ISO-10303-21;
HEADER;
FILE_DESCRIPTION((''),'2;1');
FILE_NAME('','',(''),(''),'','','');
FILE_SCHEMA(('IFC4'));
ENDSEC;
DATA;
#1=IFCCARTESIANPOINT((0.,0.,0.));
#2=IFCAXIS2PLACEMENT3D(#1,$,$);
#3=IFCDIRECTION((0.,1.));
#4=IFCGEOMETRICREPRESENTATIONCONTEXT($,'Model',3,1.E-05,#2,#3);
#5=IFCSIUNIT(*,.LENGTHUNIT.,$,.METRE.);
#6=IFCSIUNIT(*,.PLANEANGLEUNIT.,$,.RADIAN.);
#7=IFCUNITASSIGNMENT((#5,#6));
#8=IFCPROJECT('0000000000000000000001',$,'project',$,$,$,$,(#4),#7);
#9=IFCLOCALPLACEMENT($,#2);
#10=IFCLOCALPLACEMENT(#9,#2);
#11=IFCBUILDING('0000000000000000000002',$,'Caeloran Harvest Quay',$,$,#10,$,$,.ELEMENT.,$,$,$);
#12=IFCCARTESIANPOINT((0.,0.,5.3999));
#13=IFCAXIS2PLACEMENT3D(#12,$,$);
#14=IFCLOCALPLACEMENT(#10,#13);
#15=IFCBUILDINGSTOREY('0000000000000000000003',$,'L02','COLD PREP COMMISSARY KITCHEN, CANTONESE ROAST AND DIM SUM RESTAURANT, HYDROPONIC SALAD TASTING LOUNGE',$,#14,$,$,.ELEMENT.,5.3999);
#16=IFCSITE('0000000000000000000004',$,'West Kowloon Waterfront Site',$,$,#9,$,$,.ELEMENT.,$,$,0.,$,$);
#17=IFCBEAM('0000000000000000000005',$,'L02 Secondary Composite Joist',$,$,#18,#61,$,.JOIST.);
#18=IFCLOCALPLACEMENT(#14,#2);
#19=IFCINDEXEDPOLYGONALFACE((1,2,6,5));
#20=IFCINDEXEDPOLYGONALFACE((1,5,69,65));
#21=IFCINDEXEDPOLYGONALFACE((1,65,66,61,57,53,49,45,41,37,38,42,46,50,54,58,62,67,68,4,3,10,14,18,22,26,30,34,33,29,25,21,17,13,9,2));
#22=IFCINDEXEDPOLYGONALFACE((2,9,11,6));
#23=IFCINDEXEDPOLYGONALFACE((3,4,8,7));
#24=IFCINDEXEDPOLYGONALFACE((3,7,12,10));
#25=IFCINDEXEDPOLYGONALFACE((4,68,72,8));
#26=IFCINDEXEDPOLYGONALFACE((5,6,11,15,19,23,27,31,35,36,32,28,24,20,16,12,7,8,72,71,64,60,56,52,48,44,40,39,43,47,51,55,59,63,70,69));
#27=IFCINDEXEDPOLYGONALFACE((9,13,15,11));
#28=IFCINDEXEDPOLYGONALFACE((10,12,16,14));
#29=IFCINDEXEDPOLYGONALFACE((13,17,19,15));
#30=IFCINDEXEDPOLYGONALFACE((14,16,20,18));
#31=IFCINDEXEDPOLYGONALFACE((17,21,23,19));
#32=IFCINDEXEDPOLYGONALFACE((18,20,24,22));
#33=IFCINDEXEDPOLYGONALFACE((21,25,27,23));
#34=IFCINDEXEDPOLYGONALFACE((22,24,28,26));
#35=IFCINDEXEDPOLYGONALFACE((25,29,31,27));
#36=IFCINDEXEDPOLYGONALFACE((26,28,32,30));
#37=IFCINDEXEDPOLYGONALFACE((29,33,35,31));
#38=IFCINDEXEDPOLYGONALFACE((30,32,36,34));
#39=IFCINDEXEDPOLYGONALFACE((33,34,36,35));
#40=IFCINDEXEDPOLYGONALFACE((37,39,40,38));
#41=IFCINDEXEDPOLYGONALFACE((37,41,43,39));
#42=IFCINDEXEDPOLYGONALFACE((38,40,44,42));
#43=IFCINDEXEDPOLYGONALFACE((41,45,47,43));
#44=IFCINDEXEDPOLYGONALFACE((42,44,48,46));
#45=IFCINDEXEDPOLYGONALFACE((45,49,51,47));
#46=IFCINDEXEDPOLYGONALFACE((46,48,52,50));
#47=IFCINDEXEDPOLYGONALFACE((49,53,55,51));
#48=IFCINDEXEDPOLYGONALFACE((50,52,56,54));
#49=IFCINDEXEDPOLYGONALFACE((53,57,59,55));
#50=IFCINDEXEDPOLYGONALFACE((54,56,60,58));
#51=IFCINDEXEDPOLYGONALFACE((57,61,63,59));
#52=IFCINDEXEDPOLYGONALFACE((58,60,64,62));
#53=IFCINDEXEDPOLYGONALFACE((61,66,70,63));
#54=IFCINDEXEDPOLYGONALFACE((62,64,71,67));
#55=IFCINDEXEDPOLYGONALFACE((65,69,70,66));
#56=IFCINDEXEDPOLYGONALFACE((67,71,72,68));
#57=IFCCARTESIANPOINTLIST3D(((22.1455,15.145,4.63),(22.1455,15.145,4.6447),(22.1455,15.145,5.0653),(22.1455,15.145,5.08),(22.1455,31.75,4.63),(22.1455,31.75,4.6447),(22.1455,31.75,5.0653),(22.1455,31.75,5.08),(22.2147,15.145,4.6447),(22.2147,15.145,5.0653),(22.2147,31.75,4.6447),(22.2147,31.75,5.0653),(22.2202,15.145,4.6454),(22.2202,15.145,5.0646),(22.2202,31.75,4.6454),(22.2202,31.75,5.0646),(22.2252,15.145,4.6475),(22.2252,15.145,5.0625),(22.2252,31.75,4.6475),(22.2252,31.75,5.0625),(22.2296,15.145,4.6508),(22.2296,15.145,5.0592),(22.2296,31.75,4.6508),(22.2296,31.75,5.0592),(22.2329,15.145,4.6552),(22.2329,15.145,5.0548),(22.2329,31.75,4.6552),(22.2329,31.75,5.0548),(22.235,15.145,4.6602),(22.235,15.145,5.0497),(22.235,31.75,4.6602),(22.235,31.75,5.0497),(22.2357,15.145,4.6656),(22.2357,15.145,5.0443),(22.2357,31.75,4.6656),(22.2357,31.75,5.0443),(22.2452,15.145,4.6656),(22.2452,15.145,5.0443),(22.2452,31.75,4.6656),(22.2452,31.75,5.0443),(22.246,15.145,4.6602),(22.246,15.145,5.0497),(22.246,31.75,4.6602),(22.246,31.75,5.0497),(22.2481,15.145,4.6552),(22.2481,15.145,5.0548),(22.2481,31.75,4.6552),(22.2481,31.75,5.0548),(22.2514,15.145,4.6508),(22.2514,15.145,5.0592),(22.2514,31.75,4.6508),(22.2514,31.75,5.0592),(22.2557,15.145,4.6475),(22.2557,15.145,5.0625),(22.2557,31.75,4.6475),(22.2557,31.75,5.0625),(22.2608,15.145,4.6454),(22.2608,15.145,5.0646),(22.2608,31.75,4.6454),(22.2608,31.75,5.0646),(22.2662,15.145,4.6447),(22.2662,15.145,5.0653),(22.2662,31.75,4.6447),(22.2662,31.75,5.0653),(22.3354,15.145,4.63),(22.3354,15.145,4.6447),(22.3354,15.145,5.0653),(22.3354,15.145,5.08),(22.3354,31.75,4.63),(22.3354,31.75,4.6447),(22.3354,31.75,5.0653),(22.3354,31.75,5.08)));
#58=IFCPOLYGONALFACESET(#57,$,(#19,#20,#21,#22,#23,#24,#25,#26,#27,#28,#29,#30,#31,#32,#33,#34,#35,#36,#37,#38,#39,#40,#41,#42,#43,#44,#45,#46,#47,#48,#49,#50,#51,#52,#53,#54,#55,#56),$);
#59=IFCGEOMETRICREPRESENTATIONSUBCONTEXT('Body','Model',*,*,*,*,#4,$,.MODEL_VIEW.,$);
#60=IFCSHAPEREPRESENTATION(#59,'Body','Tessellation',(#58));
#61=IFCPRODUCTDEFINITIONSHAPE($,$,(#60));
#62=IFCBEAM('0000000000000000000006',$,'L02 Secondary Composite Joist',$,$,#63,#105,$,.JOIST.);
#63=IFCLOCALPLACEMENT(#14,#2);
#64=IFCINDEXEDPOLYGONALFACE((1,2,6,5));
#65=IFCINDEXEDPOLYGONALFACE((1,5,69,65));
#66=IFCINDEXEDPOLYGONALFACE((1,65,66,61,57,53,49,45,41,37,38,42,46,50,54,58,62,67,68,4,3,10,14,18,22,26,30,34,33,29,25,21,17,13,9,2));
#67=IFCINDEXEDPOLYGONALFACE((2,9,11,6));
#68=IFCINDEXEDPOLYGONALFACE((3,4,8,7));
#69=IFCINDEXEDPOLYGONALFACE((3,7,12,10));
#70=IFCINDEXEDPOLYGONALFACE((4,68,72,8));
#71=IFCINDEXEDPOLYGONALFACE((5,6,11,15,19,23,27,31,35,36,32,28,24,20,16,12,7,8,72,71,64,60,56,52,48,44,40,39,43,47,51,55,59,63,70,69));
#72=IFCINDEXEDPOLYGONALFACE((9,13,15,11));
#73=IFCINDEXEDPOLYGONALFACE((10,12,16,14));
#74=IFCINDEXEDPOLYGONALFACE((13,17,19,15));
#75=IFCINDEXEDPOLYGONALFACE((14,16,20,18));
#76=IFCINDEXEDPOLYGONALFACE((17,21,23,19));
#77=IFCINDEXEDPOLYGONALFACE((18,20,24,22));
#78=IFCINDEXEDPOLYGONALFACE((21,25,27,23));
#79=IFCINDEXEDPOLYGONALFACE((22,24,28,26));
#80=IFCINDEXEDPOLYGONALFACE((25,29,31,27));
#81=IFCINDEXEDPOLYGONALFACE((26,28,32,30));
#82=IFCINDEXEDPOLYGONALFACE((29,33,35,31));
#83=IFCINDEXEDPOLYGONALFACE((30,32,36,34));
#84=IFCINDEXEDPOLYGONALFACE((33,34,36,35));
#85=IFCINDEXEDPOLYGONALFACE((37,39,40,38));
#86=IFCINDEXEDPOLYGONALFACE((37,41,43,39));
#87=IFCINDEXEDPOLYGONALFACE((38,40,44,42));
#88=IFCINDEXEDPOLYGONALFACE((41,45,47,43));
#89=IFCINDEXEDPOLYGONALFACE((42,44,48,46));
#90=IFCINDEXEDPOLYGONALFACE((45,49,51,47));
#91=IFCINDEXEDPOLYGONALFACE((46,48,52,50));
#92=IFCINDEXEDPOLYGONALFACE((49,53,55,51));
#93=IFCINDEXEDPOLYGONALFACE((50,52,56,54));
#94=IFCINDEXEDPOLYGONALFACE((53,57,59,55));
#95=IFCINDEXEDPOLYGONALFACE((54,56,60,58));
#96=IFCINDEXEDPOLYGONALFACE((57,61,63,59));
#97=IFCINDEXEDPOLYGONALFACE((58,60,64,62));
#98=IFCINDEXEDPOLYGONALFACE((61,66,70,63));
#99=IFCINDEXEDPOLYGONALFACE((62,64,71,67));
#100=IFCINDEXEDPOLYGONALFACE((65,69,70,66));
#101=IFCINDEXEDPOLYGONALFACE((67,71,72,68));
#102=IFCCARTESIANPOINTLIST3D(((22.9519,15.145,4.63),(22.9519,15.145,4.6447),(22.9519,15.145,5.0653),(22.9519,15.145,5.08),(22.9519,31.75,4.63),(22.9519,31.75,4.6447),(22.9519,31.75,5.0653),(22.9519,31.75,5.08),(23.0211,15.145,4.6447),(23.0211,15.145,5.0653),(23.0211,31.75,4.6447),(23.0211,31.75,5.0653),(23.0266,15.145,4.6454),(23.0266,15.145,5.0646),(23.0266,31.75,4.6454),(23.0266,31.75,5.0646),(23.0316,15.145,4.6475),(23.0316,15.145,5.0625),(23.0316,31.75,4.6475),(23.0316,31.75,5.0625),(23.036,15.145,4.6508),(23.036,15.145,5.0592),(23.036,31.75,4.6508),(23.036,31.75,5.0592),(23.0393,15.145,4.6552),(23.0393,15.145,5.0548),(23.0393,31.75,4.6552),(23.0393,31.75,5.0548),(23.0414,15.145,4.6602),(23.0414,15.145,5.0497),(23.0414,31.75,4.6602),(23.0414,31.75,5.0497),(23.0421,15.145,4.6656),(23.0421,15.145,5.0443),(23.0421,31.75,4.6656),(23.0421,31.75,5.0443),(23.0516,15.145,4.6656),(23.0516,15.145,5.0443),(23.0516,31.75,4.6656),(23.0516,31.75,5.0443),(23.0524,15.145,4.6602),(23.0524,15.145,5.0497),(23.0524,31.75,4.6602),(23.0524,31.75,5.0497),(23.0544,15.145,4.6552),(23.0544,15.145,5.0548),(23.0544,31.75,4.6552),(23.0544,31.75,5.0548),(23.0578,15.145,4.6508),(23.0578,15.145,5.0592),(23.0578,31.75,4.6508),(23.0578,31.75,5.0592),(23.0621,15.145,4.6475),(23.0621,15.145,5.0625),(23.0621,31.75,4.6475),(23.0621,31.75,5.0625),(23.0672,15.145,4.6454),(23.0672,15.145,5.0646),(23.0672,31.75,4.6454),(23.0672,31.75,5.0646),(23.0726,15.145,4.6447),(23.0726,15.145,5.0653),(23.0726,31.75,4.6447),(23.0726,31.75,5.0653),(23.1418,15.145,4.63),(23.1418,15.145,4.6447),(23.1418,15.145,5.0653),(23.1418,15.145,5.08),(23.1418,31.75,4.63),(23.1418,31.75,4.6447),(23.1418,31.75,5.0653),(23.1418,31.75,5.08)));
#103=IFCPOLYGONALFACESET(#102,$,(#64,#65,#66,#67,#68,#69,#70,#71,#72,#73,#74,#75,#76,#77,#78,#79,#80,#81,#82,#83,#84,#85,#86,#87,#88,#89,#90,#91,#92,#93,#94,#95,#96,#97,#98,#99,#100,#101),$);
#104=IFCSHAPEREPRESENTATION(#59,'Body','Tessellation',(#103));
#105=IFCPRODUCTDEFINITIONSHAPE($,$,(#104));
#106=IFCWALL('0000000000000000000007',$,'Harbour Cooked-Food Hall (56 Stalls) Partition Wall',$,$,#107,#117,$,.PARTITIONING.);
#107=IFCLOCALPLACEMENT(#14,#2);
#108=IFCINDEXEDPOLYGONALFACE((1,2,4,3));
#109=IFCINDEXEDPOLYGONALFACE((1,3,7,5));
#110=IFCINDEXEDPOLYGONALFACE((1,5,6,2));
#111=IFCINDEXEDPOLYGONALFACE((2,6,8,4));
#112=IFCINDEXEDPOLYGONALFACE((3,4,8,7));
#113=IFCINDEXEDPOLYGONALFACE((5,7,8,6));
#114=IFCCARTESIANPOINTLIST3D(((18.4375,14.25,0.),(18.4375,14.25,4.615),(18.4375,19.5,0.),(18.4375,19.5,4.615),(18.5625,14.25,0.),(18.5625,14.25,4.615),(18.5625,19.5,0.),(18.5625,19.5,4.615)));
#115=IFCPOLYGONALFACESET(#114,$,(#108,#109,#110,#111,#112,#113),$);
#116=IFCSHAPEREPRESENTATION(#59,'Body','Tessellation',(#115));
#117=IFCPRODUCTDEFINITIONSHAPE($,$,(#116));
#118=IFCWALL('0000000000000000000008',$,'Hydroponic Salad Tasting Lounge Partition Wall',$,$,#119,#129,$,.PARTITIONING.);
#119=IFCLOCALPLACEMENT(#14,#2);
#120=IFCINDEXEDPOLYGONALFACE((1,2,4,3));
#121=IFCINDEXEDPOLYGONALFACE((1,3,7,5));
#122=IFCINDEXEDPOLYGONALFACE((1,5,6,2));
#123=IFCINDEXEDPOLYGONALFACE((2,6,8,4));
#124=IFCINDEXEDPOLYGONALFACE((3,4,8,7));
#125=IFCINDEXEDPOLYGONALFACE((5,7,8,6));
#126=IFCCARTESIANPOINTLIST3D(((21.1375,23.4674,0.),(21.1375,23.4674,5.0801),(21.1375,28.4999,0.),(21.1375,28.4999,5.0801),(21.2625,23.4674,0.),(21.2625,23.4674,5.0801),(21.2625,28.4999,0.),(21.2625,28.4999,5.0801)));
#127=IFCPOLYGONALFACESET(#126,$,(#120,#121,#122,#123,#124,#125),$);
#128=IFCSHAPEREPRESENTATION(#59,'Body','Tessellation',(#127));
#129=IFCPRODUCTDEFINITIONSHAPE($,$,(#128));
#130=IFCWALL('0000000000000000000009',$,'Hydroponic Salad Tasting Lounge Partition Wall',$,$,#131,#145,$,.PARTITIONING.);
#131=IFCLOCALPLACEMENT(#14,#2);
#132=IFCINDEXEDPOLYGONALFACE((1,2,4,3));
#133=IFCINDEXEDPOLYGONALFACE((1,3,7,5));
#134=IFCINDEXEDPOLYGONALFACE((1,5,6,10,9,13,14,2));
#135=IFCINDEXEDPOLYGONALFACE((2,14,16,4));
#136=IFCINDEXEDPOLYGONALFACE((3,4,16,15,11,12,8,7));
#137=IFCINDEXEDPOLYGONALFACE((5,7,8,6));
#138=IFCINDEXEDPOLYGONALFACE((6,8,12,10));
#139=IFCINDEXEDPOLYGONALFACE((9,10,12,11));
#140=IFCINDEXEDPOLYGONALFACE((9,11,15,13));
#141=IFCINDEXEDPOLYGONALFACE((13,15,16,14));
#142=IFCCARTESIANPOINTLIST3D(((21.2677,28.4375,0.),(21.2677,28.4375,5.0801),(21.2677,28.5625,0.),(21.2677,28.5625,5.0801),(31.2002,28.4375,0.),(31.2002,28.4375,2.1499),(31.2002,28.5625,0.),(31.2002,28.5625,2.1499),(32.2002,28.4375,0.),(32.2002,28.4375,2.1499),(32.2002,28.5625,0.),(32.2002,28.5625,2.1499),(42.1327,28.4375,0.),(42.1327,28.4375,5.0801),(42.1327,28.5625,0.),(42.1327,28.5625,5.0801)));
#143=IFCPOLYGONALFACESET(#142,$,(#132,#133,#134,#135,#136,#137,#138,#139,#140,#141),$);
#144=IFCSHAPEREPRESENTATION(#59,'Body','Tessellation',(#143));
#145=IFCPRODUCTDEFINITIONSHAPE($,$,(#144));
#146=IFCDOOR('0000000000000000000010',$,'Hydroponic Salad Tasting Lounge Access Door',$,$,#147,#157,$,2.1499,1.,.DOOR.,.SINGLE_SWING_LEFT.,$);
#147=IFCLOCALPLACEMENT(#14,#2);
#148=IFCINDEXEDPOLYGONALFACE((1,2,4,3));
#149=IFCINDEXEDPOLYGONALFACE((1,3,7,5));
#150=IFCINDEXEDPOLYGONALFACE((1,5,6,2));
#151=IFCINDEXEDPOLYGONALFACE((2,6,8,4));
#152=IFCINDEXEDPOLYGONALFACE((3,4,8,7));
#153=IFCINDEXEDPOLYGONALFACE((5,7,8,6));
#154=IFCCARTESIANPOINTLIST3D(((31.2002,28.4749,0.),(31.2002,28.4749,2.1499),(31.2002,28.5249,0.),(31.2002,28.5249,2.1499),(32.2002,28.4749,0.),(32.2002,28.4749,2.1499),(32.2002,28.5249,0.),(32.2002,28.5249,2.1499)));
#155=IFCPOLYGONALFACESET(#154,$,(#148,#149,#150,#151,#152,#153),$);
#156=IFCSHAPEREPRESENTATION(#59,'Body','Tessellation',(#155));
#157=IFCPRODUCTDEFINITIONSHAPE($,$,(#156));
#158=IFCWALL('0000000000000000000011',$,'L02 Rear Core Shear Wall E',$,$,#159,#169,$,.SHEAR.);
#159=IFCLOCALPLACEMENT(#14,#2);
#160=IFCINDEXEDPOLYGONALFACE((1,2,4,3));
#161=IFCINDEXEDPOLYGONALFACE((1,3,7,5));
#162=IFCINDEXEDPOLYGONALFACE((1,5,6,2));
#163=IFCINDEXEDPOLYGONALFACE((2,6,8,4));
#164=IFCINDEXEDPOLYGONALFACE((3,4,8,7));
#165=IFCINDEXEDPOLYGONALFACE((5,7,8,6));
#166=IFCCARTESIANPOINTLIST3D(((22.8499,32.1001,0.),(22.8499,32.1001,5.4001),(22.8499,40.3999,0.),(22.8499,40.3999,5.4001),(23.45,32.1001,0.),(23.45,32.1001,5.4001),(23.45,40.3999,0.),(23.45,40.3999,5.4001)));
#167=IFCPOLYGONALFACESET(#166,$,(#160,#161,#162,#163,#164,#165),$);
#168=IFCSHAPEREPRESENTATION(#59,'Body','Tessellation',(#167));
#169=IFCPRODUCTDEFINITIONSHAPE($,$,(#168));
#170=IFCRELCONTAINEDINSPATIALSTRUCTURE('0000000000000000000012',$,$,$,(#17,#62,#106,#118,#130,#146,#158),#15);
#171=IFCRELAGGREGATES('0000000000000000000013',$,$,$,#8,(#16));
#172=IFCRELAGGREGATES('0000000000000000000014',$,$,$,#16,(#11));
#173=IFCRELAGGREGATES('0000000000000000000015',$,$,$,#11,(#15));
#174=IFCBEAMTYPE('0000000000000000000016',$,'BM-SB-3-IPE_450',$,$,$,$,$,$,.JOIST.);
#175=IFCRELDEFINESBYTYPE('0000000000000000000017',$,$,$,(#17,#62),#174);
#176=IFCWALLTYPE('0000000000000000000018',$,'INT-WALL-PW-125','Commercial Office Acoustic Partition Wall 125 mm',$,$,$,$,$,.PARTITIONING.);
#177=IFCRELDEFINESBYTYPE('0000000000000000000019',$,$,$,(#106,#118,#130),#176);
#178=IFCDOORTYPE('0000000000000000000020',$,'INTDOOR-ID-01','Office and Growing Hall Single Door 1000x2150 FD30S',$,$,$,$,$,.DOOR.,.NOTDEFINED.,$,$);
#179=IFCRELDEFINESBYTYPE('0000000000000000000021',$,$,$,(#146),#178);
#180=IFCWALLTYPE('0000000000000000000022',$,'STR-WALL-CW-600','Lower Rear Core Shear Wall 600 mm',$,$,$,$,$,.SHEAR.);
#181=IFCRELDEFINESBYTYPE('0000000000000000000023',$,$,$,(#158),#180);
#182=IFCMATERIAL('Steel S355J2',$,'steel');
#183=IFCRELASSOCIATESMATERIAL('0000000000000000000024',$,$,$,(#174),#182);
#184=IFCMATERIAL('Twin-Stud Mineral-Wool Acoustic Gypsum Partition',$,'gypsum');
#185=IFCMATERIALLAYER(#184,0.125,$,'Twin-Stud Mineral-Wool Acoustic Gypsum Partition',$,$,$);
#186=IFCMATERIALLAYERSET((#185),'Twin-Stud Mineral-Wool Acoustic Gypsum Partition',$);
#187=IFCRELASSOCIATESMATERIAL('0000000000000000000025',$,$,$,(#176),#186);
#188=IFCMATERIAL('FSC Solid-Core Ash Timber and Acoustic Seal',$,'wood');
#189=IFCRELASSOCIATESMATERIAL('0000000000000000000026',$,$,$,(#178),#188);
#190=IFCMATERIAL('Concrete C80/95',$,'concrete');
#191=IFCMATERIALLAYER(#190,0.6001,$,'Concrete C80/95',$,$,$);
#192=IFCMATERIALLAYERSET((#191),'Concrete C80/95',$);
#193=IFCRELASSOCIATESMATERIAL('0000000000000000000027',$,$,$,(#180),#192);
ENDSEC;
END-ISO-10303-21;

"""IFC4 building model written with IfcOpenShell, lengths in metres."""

from ifc_helpers import new_model, si_unit, direction, frame, frame_2d, origin, origin_2d, place, context, subcontext, project, spatial, rectangle, i_section, extrude, material, layer, layer_set, material_profile, profile_set, type_object, element, fill, save


model = new_model("IFC4")

# Units and contexts
model_context = context("Model", 3, precision=1e-05, world=origin(), true_north=direction((0.0, 1.0)))
body_context = subcontext(model_context, "Body", "Model", "MODEL_VIEW")
ifc_project = project(units=[si_unit("LENGTHUNIT", "METRE"), si_unit("PLANEANGLEUNIT", "RADIAN")], contexts=[model_context])

# Site, building, storey
site_placement = place(None, origin())
site = spatial("IfcSite", under=ifc_project, at=site_placement, Name="West Kowloon Waterfront Site", CompositionType="ELEMENT", RefElevation=0.0)
building_placement = place(site_placement, origin())
building = spatial("IfcBuilding", under=site, at=building_placement, Name="Caeloran Harvest Quay", CompositionType="ELEMENT")
storey_placement = place(building_placement, frame((0.0, 0.0, 5.3999)))
storey = spatial("IfcBuildingStorey", under=building, at=storey_placement, Name="L02", Description="COLD PREP COMMISSARY KITCHEN, CANTONESE ROAST AND DIM SUM RESTAURANT, HYDROPONIC SALAD TASTING LOUNGE", CompositionType="ELEMENT", Elevation=5.3999)

# Shared definitions
ifc_material_1 = material(Name="Concrete C80/95", Category="concrete")

# Beams
ifc_material_2 = material(Name="Steel S355J2", Category="steel")
ifc_material_profile_1 = material_profile(ifc_material_2, i_section(OverallWidth=0.1899, OverallDepth=0.45, WebThickness=0.0095, FlangeThickness=0.0146, FilletRadius=0.021, at=origin_2d()), Name="IPE 450")
ifc_profile_set_1 = profile_set([ifc_material_profile_1], Name="Steel S355J2")
beam_type_1 = type_object("IfcBeamType", Name="BM-SB-3-IPE_450", PredefinedType="JOIST", material=ifc_profile_set_1)
for number, where, z_axis, x_axis, name in (
    (1, (22.2405, 15.145, 4.855), (0.0, 1.0, 0.0), (-1.0, 0.0, 0.0), "L02 Secondary Composite Joist"),
    (2, (23.0469, 15.145, 4.855), (0.0, 1.0, 0.0), (-1.0, 0.0, 0.0), "L02 Secondary Composite Joist"),
):
    element("IfcBeam", number, at=place(storey_placement, frame(where, z_axis=z_axis, x_axis=x_axis)), inside=storey, type_object=beam_type_1, Name=name, PredefinedType="JOIST", context=body_context, shape_type="SweptSolid", body=[
        extrude(i_section(OverallWidth=0.1899, OverallDepth=0.45, WebThickness=0.0095, FlangeThickness=0.0146, FilletRadius=0.021, at=origin_2d()), origin(), (0.0, 0.0, 1.0), 16.605),
    ])

# Walls
ifc_material_3 = material(Name="Twin-Stud Mineral-Wool Acoustic Gypsum Partition", Category="gypsum")
ifc_layer_1 = layer(ifc_material_3, 0.125, Name="Twin-Stud Mineral-Wool Acoustic Gypsum Partition")
ifc_layer_set_1 = layer_set([ifc_layer_1], Name="Twin-Stud Mineral-Wool Acoustic Gypsum Partition")
wall_type_1 = type_object("IfcWallType", Name="INT-WALL-PW-125", Description="Commercial Office Acoustic Partition Wall 125 mm", PredefinedType="PARTITIONING", material=ifc_layer_set_1)
wall_1_placement = place(storey_placement, frame((18.5, 19.5, 0.0), z_axis=(0.0, 0.0, 1.0), x_axis=(0.0, -1.0, 0.0)))
element("IfcWall", 3, at=wall_1_placement, inside=storey, type_object=wall_type_1, Name="Harbour Cooked-Food Hall (56 Stalls) Partition Wall", PredefinedType="PARTITIONING", context=body_context, shape_type="SweptSolid", body=[
    extrude(rectangle(XDim=5.25, YDim=0.125, at=frame_2d((2.625, 0.0))), origin(), (0.0, 0.0, 1.0), 4.615),
])
wall_2_placement = place(storey_placement, frame((21.2, 23.4675, 0.0), z_axis=(0.0, 0.0, 1.0), x_axis=(0.0, 1.0, 0.0)))
element("IfcWall", 4, at=wall_2_placement, inside=storey, type_object=wall_type_1, Name="Hydroponic Salad Tasting Lounge Partition Wall", PredefinedType="PARTITIONING", context=body_context, shape_type="SweptSolid", body=[
    extrude(rectangle(XDim=5.0325, YDim=0.125, at=frame_2d((2.5161, 0.0))), origin(), (0.0, 0.0, 1.0), 5.0801),
])

# Wall, opening, door
wall_3_placement = place(storey_placement, frame((21.2676, 28.5, 0.0), z_axis=(0.0, 0.0, 1.0), x_axis=(1.0, 0.0, 0.0)))
wall_3 = element("IfcWall", 5, at=wall_3_placement, inside=storey, type_object=wall_type_1, Name="Hydroponic Salad Tasting Lounge Partition Wall", PredefinedType="PARTITIONING", context=body_context, shape_type="SweptSolid", body=[
    extrude(rectangle(XDim=20.865, YDim=0.125, at=frame_2d((10.4326, 0.0))), origin(), (0.0, 0.0, 1.0), 5.0801),
])
opening_1_placement = place(wall_3_placement, frame((9.9326, 0.0, 0.0)))
opening_1 = element("IfcOpeningElement", 6, at=opening_1_placement, cuts=wall_3, PredefinedType="OPENING", context=body_context, shape_type="SweptSolid", body=[
    extrude(rectangle(XDim=1.0, YDim=2.1499, at=frame_2d((0.5, 1.075))), frame((0.0, 0.0725, 0.0), z_axis=(0.0, -1.0, 0.0), x_axis=(1.0, 0.0, 0.0)), (0.0, 0.0, 1.0), 0.145),
])
ifc_material_4 = material(Name="FSC Solid-Core Ash Timber and Acoustic Seal", Category="wood")
door_type_1 = type_object("IfcDoorType", Name="INTDOOR-ID-01", Description="Office and Growing Hall Single Door 1000x2150 FD30S", OperationType="NOTDEFINED", PredefinedType="DOOR", material=ifc_material_4)
door_1_placement = place(opening_1_placement, origin())
door_1 = element("IfcDoor", 7, at=door_1_placement, inside=storey, type_object=door_type_1, Name="Hydroponic Salad Tasting Lounge Access Door", OperationType="SINGLE_SWING_LEFT", OverallHeight=2.1499, OverallWidth=1.0, PredefinedType="DOOR", context=body_context, shape_type="SweptSolid", body=[
    extrude(rectangle(XDim=1.0, YDim=2.1499, at=frame_2d((0.5, 1.075))), frame((0.0, 0.0249, 0.0), z_axis=(0.0, -1.0, 0.0), x_axis=(1.0, 0.0, 0.0)), (0.0, 0.0, 1.0), 0.05),
])
fill(opening_1, door_1)

# Wall
ifc_layer_2 = layer(ifc_material_1, 0.6001, Name="Concrete C80/95")
ifc_layer_set_2 = layer_set([ifc_layer_2], Name="Concrete C80/95")
wall_type_2 = type_object("IfcWallType", Name="STR-WALL-CW-600", Description="Lower Rear Core Shear Wall 600 mm", PredefinedType="SHEAR", material=ifc_layer_set_2)
wall_4_placement = place(storey_placement, frame((23.1499, 32.1001, 0.0), z_axis=(0.0, 0.0, 1.0), x_axis=(0.0, 1.0, 0.0)))
element("IfcWall", 8, at=wall_4_placement, inside=storey, type_object=wall_type_2, Name="L02 Rear Core Shear Wall E", PredefinedType="SHEAR", context=body_context, shape_type="SweptSolid", body=[
    extrude(rectangle(XDim=8.2998, YDim=0.6001, at=frame_2d((4.1499, 0.0))), origin(), (0.0, 0.0, 1.0), 5.4001),
])

save(model, "model.ifc")
